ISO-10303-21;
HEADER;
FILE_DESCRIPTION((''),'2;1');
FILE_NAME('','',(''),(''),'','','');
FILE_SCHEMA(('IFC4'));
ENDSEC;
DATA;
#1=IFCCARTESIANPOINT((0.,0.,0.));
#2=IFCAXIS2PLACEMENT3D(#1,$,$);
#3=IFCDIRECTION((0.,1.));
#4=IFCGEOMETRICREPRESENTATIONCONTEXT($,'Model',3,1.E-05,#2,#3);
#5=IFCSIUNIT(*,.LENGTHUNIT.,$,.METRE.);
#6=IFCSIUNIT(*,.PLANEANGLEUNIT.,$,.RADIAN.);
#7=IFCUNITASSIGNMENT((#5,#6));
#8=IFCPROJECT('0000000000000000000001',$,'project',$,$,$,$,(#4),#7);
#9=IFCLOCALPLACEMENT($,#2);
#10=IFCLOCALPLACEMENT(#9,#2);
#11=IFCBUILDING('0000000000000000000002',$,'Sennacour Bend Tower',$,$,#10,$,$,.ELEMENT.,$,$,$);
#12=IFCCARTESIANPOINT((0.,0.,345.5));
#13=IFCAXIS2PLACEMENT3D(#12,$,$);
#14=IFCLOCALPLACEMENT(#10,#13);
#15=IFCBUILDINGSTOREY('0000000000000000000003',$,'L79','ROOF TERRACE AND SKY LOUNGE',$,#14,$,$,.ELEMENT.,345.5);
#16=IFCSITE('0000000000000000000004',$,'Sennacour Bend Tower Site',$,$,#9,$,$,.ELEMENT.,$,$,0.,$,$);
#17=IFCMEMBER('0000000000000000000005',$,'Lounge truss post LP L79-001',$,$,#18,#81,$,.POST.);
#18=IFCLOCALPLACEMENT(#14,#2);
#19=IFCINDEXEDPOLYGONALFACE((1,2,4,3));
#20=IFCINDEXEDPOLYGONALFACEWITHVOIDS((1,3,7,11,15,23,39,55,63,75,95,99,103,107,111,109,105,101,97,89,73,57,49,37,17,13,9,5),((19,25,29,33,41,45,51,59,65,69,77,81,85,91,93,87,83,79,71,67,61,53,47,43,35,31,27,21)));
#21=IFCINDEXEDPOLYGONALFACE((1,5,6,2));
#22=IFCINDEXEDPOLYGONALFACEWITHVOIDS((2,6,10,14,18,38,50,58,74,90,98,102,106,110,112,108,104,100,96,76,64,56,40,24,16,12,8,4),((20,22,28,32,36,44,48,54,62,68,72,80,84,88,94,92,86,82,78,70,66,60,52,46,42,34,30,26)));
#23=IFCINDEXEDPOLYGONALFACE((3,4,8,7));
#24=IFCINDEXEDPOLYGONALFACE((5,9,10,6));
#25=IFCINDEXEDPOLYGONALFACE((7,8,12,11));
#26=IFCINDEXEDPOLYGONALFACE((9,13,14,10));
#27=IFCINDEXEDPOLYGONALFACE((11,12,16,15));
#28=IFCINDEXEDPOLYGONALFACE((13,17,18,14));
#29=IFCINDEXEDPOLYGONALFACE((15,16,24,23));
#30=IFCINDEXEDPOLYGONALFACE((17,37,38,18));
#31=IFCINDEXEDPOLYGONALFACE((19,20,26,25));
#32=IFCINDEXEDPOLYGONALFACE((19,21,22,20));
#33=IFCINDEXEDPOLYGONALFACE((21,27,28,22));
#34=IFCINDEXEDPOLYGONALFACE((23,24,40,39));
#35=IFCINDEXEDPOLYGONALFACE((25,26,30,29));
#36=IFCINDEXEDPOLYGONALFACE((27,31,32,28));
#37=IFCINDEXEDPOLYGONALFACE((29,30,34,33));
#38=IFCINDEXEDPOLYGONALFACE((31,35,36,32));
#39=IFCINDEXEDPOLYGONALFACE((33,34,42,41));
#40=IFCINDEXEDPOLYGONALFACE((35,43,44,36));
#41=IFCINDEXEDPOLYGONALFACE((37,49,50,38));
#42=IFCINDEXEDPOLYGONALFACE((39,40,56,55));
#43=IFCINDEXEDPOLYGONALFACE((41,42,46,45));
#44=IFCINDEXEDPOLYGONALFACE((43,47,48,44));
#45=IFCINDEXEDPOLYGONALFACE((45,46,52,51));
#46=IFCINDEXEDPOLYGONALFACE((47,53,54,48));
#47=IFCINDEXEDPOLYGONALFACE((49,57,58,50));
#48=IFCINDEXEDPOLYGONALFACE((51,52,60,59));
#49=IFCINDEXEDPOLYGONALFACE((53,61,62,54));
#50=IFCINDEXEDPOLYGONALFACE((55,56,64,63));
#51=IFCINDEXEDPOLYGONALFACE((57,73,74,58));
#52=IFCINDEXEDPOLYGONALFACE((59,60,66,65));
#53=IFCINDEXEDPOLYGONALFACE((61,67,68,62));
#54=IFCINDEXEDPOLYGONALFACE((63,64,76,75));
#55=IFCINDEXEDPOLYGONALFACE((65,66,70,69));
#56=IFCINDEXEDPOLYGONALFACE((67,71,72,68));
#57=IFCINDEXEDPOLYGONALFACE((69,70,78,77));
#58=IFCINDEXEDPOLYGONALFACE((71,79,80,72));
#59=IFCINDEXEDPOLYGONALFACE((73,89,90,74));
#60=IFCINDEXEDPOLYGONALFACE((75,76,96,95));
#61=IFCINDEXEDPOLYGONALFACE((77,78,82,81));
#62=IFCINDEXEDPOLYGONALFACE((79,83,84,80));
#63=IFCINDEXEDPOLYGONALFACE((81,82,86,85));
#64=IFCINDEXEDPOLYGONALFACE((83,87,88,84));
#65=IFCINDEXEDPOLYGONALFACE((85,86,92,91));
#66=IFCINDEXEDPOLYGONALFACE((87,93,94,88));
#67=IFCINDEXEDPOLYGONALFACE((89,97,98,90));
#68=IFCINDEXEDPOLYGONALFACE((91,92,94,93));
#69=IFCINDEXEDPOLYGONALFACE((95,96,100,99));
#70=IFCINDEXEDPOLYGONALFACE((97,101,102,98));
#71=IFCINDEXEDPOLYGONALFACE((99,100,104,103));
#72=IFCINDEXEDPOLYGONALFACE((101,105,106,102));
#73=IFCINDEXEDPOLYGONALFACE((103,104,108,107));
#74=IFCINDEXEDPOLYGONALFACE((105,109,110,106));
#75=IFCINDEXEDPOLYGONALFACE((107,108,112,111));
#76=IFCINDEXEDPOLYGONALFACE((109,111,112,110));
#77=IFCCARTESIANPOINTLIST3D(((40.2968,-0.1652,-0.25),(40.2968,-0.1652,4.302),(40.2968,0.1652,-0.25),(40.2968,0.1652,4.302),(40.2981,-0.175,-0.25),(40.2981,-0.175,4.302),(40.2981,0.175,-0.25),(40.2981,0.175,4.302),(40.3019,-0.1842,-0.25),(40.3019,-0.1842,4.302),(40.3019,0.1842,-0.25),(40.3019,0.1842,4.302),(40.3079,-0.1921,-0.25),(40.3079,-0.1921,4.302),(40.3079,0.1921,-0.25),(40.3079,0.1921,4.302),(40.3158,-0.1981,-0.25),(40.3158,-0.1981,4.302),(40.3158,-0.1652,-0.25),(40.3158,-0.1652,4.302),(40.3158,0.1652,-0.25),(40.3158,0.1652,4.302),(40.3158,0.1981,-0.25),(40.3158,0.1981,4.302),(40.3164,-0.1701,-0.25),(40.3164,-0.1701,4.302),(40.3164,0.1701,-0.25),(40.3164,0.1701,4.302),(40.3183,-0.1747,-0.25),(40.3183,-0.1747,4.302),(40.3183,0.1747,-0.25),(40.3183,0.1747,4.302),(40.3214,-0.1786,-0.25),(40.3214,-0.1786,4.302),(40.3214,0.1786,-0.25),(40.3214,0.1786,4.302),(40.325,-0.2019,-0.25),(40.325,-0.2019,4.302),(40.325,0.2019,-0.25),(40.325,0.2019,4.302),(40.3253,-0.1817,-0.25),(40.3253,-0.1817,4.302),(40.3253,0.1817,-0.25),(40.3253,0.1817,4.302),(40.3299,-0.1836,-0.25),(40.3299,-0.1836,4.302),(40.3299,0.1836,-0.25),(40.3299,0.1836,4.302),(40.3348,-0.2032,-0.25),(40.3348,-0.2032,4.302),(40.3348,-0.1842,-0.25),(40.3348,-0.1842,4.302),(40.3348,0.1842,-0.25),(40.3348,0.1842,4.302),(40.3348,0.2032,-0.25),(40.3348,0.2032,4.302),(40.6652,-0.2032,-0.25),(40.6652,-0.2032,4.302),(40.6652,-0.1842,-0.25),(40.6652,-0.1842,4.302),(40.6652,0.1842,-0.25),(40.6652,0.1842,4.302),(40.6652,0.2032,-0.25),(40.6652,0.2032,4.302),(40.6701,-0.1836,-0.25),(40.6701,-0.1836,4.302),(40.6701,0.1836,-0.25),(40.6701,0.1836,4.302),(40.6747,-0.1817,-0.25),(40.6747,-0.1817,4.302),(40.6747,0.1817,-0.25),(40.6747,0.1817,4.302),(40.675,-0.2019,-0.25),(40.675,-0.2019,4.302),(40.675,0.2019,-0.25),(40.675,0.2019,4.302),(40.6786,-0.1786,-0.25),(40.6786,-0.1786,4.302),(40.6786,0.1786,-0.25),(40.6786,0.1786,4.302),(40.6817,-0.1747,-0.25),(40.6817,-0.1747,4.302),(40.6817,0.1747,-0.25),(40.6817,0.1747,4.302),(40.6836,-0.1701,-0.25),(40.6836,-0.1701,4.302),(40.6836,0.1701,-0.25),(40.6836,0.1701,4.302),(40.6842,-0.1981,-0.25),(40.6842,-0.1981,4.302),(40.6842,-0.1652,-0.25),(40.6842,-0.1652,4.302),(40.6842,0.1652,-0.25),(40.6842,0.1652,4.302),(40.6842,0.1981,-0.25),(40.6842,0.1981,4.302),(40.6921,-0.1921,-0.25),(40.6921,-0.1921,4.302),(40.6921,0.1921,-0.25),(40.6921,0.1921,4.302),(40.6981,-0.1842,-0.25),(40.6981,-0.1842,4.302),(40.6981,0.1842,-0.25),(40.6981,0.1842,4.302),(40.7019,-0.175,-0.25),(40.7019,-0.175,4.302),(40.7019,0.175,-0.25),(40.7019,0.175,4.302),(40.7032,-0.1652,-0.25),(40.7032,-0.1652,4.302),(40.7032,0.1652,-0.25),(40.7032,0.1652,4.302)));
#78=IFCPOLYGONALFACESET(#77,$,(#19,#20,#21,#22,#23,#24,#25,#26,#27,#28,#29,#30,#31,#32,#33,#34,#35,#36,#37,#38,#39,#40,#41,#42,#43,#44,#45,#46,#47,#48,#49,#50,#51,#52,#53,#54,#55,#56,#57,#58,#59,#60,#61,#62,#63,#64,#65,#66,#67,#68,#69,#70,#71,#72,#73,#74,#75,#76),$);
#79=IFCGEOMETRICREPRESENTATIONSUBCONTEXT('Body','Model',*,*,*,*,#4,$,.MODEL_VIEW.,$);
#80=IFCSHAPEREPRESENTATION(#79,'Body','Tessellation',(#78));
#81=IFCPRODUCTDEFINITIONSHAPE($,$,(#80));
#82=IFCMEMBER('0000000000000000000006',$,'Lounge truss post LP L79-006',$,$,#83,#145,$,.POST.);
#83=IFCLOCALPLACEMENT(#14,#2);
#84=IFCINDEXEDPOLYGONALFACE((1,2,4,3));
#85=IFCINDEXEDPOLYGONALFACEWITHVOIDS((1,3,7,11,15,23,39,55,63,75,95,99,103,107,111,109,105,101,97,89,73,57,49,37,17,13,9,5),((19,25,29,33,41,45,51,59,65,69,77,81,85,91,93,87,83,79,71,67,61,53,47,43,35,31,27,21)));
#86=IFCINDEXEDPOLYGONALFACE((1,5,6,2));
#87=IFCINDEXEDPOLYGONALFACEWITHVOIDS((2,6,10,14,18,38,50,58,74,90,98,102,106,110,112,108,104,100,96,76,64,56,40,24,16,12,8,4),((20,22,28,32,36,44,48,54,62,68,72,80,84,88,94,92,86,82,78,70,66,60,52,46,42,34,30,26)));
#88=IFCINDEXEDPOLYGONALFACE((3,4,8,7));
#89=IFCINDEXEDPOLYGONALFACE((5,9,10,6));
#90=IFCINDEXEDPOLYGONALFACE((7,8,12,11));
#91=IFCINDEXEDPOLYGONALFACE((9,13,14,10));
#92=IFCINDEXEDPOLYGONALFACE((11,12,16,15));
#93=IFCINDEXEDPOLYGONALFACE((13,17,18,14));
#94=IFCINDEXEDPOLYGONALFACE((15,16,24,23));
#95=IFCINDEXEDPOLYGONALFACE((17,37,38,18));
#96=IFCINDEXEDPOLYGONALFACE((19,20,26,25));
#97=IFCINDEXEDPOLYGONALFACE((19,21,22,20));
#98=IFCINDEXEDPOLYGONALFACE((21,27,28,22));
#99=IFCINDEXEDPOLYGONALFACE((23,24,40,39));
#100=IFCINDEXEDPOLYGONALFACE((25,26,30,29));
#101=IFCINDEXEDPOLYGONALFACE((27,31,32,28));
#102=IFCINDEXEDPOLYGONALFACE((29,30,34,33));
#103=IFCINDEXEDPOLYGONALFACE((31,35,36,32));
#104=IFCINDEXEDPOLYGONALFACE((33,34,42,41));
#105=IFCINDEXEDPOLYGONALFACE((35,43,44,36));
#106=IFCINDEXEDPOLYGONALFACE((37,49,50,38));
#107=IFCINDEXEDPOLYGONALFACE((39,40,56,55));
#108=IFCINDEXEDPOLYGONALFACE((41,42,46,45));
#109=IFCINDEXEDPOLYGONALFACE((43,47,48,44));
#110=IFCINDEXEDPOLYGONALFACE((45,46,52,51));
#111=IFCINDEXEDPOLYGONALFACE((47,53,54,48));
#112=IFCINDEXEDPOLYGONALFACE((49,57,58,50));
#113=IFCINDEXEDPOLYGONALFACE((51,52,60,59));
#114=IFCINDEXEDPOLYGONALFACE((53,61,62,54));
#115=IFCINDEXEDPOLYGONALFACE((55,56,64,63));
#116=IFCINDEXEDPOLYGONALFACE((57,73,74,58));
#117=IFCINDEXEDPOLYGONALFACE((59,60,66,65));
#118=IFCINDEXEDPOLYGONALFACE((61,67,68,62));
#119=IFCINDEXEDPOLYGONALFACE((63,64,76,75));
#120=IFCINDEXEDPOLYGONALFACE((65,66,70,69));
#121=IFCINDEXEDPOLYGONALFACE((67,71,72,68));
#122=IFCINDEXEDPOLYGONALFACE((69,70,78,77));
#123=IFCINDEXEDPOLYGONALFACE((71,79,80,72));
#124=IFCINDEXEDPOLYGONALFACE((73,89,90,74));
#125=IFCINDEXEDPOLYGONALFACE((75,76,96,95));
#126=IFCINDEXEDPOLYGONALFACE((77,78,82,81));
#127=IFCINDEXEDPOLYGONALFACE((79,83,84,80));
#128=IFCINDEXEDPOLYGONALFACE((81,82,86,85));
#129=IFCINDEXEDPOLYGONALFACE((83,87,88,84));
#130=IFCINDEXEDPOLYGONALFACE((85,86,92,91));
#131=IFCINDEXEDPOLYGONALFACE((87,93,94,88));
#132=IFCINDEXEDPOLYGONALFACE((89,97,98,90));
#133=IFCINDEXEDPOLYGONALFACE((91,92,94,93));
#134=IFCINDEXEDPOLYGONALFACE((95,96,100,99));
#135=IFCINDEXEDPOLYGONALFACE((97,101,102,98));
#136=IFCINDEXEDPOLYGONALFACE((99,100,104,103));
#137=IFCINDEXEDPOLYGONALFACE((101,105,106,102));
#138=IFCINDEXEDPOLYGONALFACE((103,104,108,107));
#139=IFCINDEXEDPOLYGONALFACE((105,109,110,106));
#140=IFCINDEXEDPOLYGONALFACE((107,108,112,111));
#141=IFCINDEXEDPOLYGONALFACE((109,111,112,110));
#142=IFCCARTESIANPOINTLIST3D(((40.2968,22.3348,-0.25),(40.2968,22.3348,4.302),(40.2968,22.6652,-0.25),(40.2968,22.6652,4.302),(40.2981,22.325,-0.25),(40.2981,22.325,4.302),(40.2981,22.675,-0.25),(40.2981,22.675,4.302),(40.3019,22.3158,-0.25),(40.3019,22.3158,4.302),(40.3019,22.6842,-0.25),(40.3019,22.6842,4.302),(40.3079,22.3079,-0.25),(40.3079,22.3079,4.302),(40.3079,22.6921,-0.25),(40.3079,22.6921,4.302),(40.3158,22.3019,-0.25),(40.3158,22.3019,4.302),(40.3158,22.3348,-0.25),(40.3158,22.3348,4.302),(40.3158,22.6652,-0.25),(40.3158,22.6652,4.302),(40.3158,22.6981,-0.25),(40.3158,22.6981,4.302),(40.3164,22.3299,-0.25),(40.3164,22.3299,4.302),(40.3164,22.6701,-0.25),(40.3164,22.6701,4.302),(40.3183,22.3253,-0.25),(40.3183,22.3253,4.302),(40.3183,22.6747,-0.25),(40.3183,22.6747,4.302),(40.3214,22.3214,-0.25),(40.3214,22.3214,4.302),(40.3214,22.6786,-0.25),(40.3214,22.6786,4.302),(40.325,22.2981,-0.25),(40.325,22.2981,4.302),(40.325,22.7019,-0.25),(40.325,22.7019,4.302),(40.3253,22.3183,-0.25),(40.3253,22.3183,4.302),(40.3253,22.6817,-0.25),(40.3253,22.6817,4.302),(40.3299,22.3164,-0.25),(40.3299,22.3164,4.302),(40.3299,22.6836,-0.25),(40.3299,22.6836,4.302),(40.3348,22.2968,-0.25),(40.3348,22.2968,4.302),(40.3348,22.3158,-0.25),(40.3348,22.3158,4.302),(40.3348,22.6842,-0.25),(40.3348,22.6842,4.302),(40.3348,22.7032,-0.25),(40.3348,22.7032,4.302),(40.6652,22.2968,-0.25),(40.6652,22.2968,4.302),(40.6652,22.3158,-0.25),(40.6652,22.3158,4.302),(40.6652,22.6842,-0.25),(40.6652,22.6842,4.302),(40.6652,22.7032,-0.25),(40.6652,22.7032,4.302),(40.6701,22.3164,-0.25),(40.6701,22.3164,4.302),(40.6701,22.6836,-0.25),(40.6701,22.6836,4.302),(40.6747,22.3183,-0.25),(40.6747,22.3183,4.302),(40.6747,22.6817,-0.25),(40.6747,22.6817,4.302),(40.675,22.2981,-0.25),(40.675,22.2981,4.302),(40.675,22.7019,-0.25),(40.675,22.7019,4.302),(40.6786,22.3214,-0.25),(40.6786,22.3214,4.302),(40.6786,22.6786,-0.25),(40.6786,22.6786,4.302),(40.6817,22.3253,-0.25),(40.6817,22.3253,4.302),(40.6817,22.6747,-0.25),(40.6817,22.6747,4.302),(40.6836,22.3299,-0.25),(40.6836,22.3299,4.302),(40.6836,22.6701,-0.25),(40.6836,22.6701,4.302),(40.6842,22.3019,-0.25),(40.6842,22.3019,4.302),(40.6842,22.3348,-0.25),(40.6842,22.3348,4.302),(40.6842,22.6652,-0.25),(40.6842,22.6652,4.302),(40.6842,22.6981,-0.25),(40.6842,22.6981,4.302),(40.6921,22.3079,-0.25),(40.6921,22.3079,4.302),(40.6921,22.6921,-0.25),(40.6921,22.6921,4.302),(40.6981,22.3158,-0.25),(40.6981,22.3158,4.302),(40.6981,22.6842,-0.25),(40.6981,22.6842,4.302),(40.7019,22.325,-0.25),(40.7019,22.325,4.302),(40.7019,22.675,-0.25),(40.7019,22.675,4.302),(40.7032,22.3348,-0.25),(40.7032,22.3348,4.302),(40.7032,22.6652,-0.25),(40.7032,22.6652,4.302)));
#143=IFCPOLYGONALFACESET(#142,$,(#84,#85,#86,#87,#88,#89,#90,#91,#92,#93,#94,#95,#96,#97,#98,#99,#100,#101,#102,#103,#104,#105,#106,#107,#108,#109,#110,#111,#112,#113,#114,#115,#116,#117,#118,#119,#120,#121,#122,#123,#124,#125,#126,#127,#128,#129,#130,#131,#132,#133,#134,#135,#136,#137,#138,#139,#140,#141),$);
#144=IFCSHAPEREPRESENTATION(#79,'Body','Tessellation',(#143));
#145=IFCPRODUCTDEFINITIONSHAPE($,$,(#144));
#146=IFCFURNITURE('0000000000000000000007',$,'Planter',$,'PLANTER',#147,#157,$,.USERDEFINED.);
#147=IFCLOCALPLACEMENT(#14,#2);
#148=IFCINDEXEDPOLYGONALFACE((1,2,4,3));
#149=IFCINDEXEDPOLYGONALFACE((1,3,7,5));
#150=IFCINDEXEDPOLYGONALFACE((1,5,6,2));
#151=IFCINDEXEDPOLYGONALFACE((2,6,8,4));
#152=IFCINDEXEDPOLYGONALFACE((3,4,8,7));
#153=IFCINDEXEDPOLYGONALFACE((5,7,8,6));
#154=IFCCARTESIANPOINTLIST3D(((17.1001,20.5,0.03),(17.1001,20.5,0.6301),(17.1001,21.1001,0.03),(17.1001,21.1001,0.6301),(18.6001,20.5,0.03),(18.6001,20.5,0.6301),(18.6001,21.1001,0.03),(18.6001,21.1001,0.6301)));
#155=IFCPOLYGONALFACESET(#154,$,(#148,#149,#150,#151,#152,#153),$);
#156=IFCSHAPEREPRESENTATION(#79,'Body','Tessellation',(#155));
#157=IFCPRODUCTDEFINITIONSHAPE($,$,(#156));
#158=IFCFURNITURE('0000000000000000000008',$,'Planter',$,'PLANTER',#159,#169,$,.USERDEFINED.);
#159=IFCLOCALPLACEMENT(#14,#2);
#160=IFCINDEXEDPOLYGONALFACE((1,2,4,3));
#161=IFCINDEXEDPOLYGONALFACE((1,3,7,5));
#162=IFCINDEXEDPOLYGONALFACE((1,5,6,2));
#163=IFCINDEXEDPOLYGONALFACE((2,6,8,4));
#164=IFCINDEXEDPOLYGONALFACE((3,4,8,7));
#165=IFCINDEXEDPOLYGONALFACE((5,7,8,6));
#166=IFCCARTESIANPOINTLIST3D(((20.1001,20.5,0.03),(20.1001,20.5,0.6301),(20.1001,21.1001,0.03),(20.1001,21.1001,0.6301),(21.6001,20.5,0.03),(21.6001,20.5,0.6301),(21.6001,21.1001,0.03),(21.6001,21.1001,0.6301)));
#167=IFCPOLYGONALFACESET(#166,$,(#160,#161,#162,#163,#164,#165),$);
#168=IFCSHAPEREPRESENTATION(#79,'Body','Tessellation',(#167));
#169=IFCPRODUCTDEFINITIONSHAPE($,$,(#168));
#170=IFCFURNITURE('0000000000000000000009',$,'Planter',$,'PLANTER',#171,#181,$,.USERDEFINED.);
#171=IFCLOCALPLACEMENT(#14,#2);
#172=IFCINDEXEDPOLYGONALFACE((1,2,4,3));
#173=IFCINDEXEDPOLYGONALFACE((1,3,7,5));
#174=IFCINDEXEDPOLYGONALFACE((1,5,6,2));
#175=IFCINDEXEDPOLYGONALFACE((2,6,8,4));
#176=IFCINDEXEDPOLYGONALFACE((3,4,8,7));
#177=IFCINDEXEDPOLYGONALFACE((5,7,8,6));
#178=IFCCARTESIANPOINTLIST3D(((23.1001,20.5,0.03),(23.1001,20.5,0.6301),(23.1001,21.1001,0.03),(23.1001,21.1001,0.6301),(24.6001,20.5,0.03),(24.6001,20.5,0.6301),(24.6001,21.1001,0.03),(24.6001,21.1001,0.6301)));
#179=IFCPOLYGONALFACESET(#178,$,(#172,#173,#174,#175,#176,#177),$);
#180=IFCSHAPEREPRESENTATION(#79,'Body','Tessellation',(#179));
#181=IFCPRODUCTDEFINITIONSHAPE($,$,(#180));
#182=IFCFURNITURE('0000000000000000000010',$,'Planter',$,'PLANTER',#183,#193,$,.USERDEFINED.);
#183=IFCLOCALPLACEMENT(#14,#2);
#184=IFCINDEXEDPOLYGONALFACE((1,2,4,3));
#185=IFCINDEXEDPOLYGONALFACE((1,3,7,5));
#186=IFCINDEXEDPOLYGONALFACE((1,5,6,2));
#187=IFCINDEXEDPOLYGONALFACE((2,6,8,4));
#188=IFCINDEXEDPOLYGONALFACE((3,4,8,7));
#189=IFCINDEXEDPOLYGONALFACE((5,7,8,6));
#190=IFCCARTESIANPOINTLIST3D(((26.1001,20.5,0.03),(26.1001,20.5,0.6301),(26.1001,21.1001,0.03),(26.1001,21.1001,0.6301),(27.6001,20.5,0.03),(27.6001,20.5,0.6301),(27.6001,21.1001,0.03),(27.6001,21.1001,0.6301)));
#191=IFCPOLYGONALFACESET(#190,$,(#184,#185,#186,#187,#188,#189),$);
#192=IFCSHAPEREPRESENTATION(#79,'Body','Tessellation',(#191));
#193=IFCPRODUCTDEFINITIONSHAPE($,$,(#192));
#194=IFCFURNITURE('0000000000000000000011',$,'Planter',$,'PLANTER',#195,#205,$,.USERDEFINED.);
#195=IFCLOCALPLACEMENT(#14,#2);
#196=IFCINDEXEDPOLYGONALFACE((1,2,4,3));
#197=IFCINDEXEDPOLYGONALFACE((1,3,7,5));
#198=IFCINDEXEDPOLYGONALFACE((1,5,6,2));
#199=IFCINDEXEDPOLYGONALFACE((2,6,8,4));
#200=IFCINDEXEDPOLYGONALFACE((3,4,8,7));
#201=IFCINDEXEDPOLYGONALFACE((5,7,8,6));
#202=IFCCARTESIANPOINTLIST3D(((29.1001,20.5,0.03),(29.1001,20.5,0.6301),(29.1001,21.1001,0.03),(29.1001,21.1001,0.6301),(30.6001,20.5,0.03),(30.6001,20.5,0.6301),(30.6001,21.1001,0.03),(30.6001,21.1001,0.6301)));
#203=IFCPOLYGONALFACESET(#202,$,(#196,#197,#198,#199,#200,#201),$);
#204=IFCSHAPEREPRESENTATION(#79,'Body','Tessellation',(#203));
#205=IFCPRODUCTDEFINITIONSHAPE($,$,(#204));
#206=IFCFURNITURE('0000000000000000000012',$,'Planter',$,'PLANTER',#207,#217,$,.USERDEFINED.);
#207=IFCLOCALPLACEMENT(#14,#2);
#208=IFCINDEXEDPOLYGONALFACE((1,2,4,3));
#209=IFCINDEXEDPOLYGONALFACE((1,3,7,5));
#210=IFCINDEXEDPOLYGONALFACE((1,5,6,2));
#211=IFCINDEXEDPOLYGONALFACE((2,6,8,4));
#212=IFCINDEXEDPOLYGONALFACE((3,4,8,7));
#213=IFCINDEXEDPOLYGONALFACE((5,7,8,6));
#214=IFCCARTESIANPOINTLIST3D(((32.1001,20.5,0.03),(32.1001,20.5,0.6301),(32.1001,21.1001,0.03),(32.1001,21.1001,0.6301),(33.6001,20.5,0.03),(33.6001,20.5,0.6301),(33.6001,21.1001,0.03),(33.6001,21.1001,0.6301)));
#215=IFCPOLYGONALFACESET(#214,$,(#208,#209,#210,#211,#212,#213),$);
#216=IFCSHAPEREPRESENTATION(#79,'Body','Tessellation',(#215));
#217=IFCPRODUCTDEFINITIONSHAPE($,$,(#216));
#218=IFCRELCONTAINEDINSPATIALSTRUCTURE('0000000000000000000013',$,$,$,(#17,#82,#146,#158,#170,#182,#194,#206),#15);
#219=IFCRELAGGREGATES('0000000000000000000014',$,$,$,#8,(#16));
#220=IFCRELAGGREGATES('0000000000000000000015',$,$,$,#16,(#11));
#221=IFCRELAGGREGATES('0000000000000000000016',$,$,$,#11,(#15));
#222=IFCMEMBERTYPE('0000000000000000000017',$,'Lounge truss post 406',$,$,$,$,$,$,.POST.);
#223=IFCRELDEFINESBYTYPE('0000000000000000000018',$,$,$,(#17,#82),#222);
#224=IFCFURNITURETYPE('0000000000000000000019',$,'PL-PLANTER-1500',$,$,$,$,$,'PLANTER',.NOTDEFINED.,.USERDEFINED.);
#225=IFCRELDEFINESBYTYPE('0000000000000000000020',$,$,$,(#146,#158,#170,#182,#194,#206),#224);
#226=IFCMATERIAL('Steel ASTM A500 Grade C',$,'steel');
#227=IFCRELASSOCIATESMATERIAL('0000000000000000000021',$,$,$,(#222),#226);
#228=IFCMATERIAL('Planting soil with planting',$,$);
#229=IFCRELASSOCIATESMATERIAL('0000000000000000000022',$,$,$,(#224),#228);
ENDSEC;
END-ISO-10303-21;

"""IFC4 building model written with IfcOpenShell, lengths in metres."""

from ifc_helpers import new_model, si_unit, direction, frame, origin, origin_2d, place, context, subcontext, project, spatial, rectangle, hollow_rectangle, extrude, material, material_profile, profile_set, type_object, element, save


model = new_model("IFC4")

# Units and contexts
model_context = context("Model", 3, precision=1e-05, world=origin(), true_north=direction((0.0, 1.0)))
body_context = subcontext(model_context, "Body", "Model", "MODEL_VIEW")
ifc_project = project(units=[si_unit("LENGTHUNIT", "METRE"), si_unit("PLANEANGLEUNIT", "RADIAN")], contexts=[model_context])

# Site, building, storey
site_placement = place(None, origin())
site = spatial("IfcSite", under=ifc_project, at=site_placement, Name="Sennacour Bend Tower Site", CompositionType="ELEMENT", RefElevation=0.0)
building_placement = place(site_placement, origin())
building = spatial("IfcBuilding", under=site, at=building_placement, Name="Sennacour Bend Tower", CompositionType="ELEMENT")
storey_placement = place(building_placement, frame((0.0, 0.0, 345.5)))
storey = spatial("IfcBuildingStorey", under=building, at=storey_placement, Name="L79", Description="ROOF TERRACE AND SKY LOUNGE", CompositionType="ELEMENT", Elevation=345.5)

# Members
ifc_material_1 = material(Name="Steel ASTM A500 Grade C", Category="steel")
ifc_material_profile_1 = material_profile(ifc_material_1, hollow_rectangle(XDim=0.4065, YDim=0.4065, WallThickness=0.019, InnerFilletRadius=0.019, OuterFilletRadius=0.0381, at=origin_2d()), Name="Steel ASTM A500 Grade C", Category="steel")
ifc_profile_set_1 = profile_set([ifc_material_profile_1], Name="Steel ASTM A500 Grade C")
member_type_1 = type_object("IfcMemberType", Name="Lounge truss post 406", PredefinedType="POST", material=ifc_profile_set_1)
for number, where, z_axis, x_axis, name in (
    (1, (40.5, 0.0, -0.25), (0.0, 0.0, 1.0), (1.0, 0.0, 0.0), "Lounge truss post LP L79-001"),
    (2, (40.5, 22.5, -0.25), (0.0, 0.0, 1.0), (1.0, 0.0, 0.0), "Lounge truss post LP L79-006"),
):
    element("IfcMember", number, at=place(storey_placement, frame(where, z_axis=z_axis, x_axis=x_axis)), inside=storey, type_object=member_type_1, Name=name, PredefinedType="POST", context=body_context, shape_type="SweptSolid", body=[
        extrude(hollow_rectangle(XDim=0.4065, YDim=0.4065, WallThickness=0.019, InnerFilletRadius=0.019, OuterFilletRadius=0.0381, at=origin_2d()), origin(), (0.0, 0.0, 1.0), 4.552),
    ])

# Furniture
ifc_material_2 = material(Name="Planting soil with planting")
furniture_type = type_object("IfcFurnitureType", Name="PL-PLANTER-1500", ElementType="PLANTER", AssemblyPlace="NOTDEFINED", PredefinedType="USERDEFINED", material=ifc_material_2)
for number, where, z_axis, x_axis, name in (
    (3, (17.8501, 20.8, 0.03), (0.0, 0.0, 1.0), (1.0, 0.0, 0.0), "Planter"),
    (4, (20.8501, 20.8, 0.03), (0.0, 0.0, 1.0), (1.0, 0.0, 0.0), "Planter"),
    (5, (23.8501, 20.8, 0.03), (0.0, 0.0, 1.0), (1.0, 0.0, 0.0), "Planter"),
    (6, (26.8501, 20.8, 0.03), (0.0, 0.0, 1.0), (1.0, 0.0, 0.0), "Planter"),
    (7, (29.8501, 20.8, 0.03), (0.0, 0.0, 1.0), (1.0, 0.0, 0.0), "Planter"),
    (8, (32.8501, 20.8, 0.03), (0.0, 0.0, 1.0), (1.0, 0.0, 0.0), "Planter"),
):
    element("IfcFurniture", number, at=place(storey_placement, frame(where, z_axis=z_axis, x_axis=x_axis)), inside=storey, type_object=furniture_type, Name=name, ObjectType="PLANTER", PredefinedType="USERDEFINED", context=body_context, shape_type="SweptSolid", body=[
        extrude(rectangle(XDim=1.5, YDim=0.6001, at=origin_2d()), origin(), (0.0, 0.0, 1.0), 0.6001),
    ])

save(model, "model.ifc")
